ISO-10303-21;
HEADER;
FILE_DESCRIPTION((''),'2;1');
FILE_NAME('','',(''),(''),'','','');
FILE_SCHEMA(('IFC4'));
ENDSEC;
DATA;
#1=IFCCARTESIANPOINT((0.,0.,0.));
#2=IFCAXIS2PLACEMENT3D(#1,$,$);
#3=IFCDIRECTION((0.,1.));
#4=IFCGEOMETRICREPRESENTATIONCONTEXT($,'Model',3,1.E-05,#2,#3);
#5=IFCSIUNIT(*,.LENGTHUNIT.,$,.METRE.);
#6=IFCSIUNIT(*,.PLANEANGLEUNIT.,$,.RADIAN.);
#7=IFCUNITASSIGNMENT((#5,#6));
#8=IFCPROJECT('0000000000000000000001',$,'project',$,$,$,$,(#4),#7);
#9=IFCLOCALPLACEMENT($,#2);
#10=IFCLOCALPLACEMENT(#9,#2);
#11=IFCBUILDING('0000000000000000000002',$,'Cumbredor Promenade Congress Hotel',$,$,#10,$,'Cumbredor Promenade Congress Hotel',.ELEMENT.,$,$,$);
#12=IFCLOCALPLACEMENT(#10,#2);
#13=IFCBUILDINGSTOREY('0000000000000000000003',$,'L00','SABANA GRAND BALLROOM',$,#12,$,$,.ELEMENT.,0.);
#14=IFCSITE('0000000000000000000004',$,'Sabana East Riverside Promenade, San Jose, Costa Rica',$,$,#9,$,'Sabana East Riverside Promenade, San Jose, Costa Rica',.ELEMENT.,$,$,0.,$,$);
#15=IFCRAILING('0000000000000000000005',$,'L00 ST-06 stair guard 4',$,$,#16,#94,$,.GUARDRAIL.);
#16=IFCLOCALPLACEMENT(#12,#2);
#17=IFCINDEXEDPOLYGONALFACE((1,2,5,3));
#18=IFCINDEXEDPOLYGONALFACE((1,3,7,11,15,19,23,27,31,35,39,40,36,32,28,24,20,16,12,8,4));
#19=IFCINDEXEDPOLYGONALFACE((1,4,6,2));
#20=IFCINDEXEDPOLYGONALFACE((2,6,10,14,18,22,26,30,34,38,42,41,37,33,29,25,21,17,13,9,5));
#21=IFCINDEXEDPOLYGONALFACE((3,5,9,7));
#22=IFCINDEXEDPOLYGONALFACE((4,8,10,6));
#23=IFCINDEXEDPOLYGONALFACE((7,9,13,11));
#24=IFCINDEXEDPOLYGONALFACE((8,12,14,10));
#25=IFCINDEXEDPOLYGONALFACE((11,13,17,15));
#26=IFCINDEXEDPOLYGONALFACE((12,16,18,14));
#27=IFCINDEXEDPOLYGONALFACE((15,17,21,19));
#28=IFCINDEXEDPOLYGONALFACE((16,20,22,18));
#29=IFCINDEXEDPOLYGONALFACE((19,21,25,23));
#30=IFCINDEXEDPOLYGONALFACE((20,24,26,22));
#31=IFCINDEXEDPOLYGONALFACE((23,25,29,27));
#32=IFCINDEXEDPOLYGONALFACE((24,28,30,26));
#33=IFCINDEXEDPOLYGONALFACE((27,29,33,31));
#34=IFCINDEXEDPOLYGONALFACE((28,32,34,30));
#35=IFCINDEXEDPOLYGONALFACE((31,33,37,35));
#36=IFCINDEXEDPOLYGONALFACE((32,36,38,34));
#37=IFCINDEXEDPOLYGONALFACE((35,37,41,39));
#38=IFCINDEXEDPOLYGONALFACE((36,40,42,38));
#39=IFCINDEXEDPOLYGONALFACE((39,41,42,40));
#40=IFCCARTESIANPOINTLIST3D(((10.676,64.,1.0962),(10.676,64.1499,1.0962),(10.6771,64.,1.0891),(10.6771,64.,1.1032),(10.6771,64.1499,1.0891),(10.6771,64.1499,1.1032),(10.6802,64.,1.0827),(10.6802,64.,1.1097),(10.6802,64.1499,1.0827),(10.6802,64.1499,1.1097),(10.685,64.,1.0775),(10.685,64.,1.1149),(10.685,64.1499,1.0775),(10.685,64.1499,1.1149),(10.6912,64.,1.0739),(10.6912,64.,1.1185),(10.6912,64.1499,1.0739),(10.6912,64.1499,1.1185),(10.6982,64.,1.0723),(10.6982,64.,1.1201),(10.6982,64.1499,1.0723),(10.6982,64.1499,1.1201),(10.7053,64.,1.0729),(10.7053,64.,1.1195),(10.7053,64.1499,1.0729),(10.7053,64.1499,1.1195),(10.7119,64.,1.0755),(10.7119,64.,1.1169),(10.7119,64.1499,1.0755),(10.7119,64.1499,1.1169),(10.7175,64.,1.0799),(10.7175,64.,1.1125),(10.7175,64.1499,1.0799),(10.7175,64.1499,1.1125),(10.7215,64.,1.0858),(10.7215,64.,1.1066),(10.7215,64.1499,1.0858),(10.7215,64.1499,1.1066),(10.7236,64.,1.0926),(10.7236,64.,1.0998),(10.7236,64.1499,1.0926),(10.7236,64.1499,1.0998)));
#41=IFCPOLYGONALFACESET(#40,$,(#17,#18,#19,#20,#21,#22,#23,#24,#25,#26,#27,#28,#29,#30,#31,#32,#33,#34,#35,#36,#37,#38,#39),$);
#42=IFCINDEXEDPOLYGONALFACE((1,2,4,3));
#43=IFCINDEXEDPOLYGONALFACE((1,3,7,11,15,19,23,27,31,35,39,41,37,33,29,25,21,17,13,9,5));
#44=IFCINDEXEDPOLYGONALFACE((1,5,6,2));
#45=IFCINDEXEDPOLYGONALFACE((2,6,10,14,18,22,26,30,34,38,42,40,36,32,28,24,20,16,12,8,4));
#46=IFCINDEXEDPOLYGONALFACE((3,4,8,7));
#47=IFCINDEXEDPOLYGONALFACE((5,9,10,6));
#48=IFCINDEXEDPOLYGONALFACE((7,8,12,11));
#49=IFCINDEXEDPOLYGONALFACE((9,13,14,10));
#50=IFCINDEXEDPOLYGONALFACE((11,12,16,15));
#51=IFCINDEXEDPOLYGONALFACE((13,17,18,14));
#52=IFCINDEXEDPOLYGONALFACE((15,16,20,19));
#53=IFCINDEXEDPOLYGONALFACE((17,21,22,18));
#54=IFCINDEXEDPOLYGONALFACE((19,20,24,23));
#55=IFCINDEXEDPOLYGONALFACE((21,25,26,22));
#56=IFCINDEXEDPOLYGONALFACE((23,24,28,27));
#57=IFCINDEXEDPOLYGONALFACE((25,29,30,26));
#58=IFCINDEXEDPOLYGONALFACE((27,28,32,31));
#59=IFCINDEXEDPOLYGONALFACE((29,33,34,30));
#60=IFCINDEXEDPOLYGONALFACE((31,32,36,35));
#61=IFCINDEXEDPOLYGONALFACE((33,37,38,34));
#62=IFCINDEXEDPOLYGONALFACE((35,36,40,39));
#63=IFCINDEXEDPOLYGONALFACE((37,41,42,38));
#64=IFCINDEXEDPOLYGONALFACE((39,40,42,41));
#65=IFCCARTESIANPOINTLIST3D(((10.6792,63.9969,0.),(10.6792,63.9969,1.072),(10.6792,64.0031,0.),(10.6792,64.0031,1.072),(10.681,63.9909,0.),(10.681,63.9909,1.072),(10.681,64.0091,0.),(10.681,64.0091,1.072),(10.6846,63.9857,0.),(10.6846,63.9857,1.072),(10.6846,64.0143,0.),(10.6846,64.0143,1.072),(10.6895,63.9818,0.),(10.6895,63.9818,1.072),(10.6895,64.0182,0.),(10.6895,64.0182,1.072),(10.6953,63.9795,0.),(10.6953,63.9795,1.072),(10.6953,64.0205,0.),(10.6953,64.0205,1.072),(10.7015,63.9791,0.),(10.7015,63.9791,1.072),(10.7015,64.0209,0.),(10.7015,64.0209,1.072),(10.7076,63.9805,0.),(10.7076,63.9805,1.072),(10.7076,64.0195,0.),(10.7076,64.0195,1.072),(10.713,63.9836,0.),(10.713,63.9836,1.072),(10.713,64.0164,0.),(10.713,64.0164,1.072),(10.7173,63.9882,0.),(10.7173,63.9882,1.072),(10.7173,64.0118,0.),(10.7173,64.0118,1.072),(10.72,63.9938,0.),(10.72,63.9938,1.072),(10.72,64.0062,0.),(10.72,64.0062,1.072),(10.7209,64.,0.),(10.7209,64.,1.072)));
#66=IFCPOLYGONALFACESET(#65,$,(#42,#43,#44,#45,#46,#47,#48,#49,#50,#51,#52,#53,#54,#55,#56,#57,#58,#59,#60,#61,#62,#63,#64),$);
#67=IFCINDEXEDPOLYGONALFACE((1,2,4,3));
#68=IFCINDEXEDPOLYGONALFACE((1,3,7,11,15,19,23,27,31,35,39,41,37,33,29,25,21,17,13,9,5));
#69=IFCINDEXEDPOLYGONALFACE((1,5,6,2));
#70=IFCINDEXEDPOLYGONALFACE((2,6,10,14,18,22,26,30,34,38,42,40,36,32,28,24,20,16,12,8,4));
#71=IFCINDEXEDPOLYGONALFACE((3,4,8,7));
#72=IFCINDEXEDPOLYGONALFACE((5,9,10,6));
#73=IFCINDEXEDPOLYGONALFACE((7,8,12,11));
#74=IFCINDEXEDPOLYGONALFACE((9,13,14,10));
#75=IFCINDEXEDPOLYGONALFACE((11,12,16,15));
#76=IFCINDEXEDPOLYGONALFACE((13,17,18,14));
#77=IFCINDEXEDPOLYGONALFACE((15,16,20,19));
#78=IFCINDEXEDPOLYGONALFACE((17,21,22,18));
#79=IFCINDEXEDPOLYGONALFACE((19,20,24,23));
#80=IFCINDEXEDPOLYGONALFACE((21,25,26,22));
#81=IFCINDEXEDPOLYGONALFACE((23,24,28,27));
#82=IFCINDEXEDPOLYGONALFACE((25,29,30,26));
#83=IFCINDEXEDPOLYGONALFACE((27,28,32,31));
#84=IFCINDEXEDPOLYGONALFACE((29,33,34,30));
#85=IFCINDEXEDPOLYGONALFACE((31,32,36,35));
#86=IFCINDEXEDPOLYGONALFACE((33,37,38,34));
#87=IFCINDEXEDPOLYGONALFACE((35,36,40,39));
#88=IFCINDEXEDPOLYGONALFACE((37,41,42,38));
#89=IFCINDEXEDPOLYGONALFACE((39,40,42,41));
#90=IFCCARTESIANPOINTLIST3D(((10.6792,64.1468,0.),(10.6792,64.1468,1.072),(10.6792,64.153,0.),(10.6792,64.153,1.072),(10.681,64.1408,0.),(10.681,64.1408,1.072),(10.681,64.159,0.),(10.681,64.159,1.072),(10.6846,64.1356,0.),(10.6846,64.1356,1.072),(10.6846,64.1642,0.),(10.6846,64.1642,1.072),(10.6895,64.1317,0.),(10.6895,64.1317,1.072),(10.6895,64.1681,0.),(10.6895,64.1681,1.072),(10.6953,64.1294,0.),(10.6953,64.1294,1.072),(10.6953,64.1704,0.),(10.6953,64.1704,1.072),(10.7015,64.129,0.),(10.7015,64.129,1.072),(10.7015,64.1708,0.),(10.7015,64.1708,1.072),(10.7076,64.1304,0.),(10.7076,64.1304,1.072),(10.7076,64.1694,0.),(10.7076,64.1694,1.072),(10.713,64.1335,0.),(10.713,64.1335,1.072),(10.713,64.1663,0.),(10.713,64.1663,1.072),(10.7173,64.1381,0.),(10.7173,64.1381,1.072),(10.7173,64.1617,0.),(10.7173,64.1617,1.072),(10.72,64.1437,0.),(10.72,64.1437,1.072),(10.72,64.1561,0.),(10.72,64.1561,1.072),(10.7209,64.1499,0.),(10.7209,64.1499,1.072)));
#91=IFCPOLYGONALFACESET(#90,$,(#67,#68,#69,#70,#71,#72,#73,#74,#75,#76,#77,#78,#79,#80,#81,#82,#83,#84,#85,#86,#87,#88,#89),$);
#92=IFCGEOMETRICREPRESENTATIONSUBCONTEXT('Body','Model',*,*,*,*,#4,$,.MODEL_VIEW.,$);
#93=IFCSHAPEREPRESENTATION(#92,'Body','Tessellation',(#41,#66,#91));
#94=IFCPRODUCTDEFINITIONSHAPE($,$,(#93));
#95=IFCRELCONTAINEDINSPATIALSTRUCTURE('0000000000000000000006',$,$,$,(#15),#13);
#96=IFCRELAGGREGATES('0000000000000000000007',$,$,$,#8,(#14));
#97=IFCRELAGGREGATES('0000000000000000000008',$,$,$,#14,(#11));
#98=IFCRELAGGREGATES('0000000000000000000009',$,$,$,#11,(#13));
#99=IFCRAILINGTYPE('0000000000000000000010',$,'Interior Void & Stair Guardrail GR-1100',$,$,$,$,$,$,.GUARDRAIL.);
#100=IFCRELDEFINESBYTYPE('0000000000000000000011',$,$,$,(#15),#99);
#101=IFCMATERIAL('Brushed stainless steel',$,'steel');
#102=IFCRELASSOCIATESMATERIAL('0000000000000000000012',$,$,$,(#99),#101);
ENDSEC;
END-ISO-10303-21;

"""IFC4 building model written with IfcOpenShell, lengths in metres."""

from ifc_helpers import new_model, si_unit, direction, frame, origin, origin_2d, place, context, subcontext, project, spatial, circle, extrude, material, type_object, element, save


model = new_model("IFC4")

# Units and contexts
model_context = context("Model", 3, precision=1e-05, world=origin(), true_north=direction((0.0, 1.0)))
body_context = subcontext(model_context, "Body", "Model", "MODEL_VIEW")
ifc_project = project(units=[si_unit("LENGTHUNIT", "METRE"), si_unit("PLANEANGLEUNIT", "RADIAN")], contexts=[model_context])

# Site, building, storey
site_placement = place(None, origin())
site = spatial("IfcSite", under=ifc_project, at=site_placement, Name="Sabana East Riverside Promenade, San Jose, Costa Rica", LongName="Sabana East Riverside Promenade, San Jose, Costa Rica", CompositionType="ELEMENT", RefElevation=0.0)
building_placement = place(site_placement, origin())
building = spatial("IfcBuilding", under=site, at=building_placement, Name="Cumbredor Promenade Congress Hotel", LongName="Cumbredor Promenade Congress Hotel", CompositionType="ELEMENT")
storey_placement = place(building_placement, origin())
storey = spatial("IfcBuildingStorey", under=building, at=storey_placement, Name="L00", Description="SABANA GRAND BALLROOM", CompositionType="ELEMENT", Elevation=0.0)

# Railing
ifc_material_1 = material(Name="Brushed stainless steel", Category="steel")
railing_type_1 = type_object("IfcRailingType", Name="Interior Void & Stair Guardrail GR-1100", PredefinedType="GUARDRAIL", material=ifc_material_1)
railing_1_placement = place(storey_placement, frame((10.7, 64.0, 0.0)))
element("IfcRailing", 1, at=railing_1_placement, inside=storey, type_object=railing_type_1, Name="L00 ST-06 stair guard 4", PredefinedType="GUARDRAIL", context=body_context, shape_type="SweptSolid", body=[
    extrude(circle(Radius=0.0239, at=origin_2d()), frame((0.0, 0.0, 1.0962), z_axis=(0.0, 1.0, 0.0), x_axis=(-1.0, 0.0, 0.0)), (0.0, 0.0, 1.0), 0.1499),
    extrude(circle(Radius=0.021, at=origin_2d()), origin(), (0.0, 0.0, 1.0), 1.072),
    extrude(circle(Radius=0.021, at=origin_2d()), frame((0.0, 0.1499, 0.0)), (0.0, 0.0, 1.0), 1.072),
])

save(model, "model.ifc")
